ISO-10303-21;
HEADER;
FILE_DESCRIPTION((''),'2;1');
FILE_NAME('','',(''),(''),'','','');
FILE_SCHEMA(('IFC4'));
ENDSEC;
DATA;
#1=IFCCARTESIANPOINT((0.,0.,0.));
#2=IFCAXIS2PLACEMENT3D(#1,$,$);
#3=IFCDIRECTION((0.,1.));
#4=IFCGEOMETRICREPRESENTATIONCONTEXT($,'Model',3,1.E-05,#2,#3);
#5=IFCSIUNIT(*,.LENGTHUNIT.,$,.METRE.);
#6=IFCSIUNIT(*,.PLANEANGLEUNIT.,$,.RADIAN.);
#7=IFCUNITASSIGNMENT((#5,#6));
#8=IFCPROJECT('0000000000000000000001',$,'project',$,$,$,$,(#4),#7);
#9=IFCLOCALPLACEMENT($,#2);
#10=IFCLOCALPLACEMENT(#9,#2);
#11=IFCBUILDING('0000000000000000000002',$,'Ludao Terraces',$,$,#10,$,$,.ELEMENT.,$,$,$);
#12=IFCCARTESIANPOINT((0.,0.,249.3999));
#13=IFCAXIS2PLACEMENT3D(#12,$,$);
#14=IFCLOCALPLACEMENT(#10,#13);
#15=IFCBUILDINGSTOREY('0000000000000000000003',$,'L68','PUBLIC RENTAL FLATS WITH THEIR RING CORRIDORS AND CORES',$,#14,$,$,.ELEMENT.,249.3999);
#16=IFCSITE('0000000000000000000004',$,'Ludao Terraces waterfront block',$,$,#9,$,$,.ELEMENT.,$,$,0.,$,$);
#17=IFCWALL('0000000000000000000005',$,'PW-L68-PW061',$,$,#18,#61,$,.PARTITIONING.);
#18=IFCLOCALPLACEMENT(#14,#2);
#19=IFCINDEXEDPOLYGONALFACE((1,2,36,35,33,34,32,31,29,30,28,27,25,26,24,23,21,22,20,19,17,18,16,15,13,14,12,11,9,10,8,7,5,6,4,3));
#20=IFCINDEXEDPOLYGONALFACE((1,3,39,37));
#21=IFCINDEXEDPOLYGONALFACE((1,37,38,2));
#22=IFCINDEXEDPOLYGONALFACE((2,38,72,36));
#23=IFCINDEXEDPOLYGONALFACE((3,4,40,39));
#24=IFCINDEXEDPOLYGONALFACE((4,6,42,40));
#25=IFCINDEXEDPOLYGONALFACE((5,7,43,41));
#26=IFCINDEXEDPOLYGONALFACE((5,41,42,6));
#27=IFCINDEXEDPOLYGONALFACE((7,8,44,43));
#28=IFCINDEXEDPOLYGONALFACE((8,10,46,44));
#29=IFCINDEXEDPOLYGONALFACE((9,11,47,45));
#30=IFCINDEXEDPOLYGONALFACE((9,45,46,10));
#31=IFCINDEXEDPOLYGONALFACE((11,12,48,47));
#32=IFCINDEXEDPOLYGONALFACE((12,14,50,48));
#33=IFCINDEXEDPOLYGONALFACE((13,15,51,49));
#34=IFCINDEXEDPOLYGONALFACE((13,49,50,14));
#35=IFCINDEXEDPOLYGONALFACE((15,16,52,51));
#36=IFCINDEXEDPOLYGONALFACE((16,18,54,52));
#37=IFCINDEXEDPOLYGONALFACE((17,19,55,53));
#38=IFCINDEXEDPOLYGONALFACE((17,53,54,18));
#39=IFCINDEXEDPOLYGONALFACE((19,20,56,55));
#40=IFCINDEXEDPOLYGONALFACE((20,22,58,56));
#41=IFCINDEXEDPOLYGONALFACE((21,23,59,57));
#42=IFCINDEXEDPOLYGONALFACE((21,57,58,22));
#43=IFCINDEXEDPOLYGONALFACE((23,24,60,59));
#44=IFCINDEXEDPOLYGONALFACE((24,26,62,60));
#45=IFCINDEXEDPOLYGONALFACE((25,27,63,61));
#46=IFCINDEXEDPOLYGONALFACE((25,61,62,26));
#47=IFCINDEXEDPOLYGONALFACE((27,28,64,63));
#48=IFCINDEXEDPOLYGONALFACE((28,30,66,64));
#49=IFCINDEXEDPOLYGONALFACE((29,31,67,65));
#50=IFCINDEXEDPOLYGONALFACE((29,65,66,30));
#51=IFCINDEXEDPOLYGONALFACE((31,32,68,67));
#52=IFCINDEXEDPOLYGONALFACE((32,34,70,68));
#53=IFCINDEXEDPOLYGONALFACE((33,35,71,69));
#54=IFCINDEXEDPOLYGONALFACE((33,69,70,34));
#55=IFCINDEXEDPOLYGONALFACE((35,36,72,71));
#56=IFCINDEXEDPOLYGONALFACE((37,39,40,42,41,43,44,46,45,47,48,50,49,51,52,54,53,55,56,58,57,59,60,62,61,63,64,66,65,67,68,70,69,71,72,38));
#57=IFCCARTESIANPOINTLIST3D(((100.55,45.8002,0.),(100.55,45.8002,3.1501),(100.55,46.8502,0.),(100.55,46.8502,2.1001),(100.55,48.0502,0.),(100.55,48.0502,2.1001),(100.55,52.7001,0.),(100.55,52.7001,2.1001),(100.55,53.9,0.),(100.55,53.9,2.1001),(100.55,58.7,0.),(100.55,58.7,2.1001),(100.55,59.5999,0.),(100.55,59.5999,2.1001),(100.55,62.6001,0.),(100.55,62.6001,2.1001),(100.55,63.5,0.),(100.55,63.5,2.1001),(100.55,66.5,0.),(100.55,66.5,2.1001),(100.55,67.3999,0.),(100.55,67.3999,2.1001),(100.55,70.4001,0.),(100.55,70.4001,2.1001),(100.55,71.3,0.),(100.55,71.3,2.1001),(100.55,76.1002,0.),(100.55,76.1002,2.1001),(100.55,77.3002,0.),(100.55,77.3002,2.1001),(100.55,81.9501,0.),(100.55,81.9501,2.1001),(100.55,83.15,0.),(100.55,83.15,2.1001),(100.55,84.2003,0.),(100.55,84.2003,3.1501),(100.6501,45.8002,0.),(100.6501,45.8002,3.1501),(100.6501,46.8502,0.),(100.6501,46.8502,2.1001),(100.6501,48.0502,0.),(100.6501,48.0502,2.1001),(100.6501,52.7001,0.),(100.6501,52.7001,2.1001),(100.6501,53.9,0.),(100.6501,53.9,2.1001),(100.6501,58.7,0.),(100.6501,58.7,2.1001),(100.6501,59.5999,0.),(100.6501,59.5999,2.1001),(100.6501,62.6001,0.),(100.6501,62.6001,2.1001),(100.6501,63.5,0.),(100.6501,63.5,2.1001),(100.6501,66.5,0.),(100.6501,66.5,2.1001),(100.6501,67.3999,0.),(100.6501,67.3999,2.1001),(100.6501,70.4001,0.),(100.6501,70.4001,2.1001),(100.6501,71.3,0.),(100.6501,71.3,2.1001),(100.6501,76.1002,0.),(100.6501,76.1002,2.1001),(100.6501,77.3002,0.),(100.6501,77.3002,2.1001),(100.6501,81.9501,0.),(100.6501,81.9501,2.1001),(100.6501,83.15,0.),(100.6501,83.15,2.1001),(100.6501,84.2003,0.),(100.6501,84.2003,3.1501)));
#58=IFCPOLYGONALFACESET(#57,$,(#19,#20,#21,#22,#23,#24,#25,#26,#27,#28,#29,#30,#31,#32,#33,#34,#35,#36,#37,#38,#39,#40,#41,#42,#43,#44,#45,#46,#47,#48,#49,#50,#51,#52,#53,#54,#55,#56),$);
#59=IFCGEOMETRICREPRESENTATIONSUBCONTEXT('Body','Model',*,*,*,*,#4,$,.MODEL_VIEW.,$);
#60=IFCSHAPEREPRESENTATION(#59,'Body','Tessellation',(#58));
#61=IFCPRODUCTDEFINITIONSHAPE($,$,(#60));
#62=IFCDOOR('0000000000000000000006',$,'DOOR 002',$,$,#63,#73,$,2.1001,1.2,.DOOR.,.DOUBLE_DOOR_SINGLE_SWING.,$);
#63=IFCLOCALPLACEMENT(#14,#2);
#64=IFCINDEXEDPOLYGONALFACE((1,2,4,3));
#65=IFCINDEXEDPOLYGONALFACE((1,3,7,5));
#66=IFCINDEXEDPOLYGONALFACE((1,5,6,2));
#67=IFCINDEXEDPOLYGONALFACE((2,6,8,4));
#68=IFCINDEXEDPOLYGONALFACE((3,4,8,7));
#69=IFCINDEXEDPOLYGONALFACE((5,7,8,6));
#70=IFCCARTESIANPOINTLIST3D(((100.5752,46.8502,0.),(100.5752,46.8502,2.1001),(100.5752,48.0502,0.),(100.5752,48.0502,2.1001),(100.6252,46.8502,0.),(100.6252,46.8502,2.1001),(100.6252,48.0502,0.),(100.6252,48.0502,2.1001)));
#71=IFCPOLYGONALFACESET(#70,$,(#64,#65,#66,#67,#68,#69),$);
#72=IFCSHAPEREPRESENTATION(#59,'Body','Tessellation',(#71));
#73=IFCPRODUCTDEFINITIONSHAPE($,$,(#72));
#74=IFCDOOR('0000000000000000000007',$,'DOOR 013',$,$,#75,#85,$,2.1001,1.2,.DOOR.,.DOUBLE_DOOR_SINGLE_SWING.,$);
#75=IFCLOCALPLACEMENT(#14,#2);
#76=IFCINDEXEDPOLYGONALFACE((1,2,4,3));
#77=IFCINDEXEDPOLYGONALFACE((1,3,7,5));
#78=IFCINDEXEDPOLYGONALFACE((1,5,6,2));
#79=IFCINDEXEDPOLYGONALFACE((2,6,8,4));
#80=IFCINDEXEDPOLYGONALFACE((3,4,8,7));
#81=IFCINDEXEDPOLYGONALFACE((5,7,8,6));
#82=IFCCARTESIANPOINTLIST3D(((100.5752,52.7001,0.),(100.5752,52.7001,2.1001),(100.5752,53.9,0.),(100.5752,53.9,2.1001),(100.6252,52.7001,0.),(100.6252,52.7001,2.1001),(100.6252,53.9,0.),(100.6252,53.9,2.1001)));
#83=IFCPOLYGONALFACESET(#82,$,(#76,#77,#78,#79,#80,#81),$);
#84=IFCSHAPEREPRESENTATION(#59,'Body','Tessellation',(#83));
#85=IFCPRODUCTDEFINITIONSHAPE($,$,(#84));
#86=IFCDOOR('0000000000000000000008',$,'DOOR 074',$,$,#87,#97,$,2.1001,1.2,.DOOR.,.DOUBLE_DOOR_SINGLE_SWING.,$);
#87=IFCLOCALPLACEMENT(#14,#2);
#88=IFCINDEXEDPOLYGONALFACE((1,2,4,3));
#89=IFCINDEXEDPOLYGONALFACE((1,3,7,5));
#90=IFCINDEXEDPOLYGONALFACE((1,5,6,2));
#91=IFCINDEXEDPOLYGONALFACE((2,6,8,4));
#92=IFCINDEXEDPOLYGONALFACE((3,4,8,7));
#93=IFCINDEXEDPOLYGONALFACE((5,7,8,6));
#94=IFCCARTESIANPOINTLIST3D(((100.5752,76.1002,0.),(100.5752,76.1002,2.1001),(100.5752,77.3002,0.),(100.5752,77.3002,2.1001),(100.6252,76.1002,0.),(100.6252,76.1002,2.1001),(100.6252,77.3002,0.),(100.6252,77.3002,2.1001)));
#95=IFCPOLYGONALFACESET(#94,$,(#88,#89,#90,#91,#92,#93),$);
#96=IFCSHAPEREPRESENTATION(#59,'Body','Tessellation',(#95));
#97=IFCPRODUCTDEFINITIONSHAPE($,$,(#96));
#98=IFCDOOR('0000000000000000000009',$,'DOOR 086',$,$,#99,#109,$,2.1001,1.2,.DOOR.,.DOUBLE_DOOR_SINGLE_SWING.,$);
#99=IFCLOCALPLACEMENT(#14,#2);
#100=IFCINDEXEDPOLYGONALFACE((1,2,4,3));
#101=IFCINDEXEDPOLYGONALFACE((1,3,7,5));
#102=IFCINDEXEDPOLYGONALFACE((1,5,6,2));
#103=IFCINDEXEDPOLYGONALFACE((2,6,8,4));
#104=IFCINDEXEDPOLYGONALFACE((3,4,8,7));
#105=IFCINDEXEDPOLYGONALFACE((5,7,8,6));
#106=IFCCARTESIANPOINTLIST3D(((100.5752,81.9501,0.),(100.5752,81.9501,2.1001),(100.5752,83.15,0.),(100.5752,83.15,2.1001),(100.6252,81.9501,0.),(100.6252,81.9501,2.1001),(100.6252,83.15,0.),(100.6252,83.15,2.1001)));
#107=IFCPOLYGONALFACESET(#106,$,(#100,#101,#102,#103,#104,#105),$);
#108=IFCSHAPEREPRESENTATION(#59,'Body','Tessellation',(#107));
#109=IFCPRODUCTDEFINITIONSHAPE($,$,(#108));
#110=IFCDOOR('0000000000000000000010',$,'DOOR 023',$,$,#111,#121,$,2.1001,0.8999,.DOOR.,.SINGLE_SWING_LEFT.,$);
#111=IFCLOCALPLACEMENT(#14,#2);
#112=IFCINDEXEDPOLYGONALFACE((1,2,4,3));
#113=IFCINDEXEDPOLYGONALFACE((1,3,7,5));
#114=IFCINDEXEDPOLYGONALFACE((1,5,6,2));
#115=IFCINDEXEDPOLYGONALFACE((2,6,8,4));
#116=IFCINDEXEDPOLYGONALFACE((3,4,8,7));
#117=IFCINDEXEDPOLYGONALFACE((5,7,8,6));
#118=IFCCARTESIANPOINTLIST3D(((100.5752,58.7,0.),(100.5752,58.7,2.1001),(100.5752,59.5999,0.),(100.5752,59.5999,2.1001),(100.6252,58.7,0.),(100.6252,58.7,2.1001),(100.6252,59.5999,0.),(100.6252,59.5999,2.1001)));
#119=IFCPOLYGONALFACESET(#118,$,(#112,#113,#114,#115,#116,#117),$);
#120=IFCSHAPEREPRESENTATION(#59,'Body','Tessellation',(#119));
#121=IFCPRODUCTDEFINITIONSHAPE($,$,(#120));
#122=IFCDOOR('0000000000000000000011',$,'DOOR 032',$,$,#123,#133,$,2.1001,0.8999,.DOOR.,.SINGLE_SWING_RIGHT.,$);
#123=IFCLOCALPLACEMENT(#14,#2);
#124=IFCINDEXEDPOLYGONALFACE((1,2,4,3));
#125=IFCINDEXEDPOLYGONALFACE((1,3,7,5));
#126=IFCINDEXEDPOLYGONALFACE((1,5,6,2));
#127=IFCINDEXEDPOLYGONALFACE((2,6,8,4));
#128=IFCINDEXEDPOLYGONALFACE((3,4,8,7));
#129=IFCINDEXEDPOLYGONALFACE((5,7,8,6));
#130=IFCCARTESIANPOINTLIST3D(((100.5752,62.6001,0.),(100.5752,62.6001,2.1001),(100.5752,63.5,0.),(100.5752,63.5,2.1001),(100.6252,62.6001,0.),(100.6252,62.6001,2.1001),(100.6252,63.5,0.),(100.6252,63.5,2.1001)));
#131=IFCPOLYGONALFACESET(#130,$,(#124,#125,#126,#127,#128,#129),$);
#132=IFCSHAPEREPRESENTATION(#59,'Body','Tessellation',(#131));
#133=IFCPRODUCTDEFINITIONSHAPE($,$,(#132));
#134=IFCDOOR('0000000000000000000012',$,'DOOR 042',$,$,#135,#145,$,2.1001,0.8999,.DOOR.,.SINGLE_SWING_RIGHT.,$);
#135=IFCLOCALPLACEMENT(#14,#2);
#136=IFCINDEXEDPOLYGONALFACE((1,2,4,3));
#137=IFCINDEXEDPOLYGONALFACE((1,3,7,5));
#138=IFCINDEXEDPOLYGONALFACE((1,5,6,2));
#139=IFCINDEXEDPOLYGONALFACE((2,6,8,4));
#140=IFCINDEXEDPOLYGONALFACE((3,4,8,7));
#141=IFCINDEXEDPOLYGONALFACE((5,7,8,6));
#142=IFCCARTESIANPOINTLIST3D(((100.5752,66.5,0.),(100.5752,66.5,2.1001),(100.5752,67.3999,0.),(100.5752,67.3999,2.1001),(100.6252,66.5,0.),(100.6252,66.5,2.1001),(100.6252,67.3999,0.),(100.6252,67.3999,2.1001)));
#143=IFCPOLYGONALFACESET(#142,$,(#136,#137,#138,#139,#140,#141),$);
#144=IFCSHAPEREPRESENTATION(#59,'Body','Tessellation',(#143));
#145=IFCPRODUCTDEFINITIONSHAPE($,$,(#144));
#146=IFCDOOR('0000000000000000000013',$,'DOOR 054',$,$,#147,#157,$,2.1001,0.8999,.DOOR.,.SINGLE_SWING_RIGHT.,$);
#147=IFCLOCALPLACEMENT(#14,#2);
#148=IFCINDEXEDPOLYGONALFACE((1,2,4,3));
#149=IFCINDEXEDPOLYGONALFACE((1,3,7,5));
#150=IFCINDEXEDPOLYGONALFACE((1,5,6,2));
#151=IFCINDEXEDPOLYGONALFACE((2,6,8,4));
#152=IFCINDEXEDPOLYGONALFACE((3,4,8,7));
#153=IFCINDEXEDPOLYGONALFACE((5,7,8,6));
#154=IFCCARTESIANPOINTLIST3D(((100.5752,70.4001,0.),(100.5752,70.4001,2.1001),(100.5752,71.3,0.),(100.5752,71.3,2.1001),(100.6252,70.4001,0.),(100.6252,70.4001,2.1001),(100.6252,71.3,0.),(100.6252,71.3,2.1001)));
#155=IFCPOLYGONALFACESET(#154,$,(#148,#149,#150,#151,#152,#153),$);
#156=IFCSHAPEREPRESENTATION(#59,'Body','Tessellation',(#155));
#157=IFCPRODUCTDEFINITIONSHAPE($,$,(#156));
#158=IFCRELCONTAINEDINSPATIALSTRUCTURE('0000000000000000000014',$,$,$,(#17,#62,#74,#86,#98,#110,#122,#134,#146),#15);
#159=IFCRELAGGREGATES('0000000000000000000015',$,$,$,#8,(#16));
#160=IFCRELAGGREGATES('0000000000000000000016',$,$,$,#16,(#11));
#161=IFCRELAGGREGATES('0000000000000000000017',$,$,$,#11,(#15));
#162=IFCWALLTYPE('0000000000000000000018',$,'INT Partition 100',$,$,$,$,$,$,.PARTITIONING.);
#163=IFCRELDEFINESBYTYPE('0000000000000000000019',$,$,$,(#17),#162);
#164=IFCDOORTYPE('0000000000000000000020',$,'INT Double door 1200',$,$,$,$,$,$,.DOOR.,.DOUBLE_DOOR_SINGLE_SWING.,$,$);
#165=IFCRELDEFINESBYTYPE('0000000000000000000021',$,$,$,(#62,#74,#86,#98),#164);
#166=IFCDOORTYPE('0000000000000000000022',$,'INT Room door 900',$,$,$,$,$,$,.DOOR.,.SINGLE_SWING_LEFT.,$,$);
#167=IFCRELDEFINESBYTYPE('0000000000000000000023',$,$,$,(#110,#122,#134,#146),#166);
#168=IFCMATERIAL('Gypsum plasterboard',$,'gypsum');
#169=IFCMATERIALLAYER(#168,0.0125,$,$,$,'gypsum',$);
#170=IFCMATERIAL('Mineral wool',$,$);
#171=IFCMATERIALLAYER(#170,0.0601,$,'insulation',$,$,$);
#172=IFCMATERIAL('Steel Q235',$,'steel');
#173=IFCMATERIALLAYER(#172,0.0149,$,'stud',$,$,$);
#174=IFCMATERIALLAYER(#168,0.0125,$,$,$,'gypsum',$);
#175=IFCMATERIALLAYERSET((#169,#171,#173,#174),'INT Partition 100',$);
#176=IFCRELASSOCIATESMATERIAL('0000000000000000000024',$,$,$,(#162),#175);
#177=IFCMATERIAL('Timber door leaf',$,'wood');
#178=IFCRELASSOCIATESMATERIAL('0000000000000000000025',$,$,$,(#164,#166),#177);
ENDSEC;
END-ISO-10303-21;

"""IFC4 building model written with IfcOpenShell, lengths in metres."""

from ifc_helpers import new_model, si_unit, direction, frame, frame_2d, origin, place, context, subcontext, project, spatial, rectangle, extrude, material, layer, layer_set, type_object, element, fill, save


model = new_model("IFC4")

# Units and contexts
model_context = context("Model", 3, precision=1e-05, world=origin(), true_north=direction((0.0, 1.0)))
body_context = subcontext(model_context, "Body", "Model", "MODEL_VIEW")
ifc_project = project(units=[si_unit("LENGTHUNIT", "METRE"), si_unit("PLANEANGLEUNIT", "RADIAN")], contexts=[model_context])

# Site, building, storey
site_placement = place(None, origin())
site = spatial("IfcSite", under=ifc_project, at=site_placement, Name="Ludao Terraces waterfront block", CompositionType="ELEMENT", RefElevation=0.0)
building_placement = place(site_placement, origin())
building = spatial("IfcBuilding", under=site, at=building_placement, Name="Ludao Terraces", CompositionType="ELEMENT")
storey_placement = place(building_placement, frame((0.0, 0.0, 249.3999)))
storey = spatial("IfcBuildingStorey", under=building, at=storey_placement, Name="L68", Description="PUBLIC RENTAL FLATS WITH THEIR RING CORRIDORS AND CORES", CompositionType="ELEMENT", Elevation=249.3999)

# Shared definitions
ifc_material_1 = material(Name="Mineral wool")

# Wall, openings, doors
ifc_material_2 = material(Name="Steel Q235", Category="steel")
ifc_material_3 = material(Name="Gypsum plasterboard", Category="gypsum")
ifc_layer_1 = layer(ifc_material_3, 0.0125, Category="gypsum")
ifc_layer_2 = layer(ifc_material_1, 0.0601, Name="insulation")
ifc_layer_3 = layer(ifc_material_2, 0.0149, Name="stud")
ifc_layer_4 = layer(ifc_material_3, 0.0125, Category="gypsum")
ifc_layer_set_1 = layer_set([ifc_layer_1, ifc_layer_2, ifc_layer_3, ifc_layer_4], Name="INT Partition 100")
wall_type_1 = type_object("IfcWallType", Name="INT Partition 100", PredefinedType="PARTITIONING", material=ifc_layer_set_1)
ifc_material_4 = material(Name="Timber door leaf", Category="wood")
wall_1_placement = place(storey_placement, frame((100.6001, 45.8, 0.0), z_axis=(0.0, 0.0, 1.0), x_axis=(0.0, 1.0, 0.0)))
wall_1 = element("IfcWall", 1, at=wall_1_placement, inside=storey, type_object=wall_type_1, Name="PW-L68-PW061", PredefinedType="PARTITIONING", context=body_context, shape_type="SweptSolid", body=[
    extrude(rectangle(XDim=38.4001, YDim=0.1001, at=frame_2d((19.2002, 0.0))), origin(), (0.0, 0.0, 1.0), 3.1501),
])
opening_1_placement = place(wall_1_placement, frame((1.05, 0.0, 0.0)))
opening_1 = element("IfcOpeningElement", 2, at=opening_1_placement, cuts=wall_1, PredefinedType="OPENING", context=body_context, shape_type="SweptSolid", body=[
    extrude(rectangle(XDim=1.2, YDim=2.1001, at=frame_2d((0.6001, 1.05))), frame((0.0, 0.0601, 0.0), z_axis=(0.0, -1.0, 0.0), x_axis=(1.0, 0.0, 0.0)), (0.0, 0.0, 1.0), 0.1201),
])
opening_2_placement = place(wall_1_placement, frame((6.8999, 0.0, 0.0)))
opening_2 = element("IfcOpeningElement", 3, at=opening_2_placement, cuts=wall_1, PredefinedType="OPENING", context=body_context, shape_type="SweptSolid", body=[
    extrude(rectangle(XDim=1.2, YDim=2.1001, at=frame_2d((0.6001, 1.05))), frame((0.0, 0.0601, 0.0), z_axis=(0.0, -1.0, 0.0), x_axis=(1.0, 0.0, 0.0)), (0.0, 0.0, 1.0), 0.1201),
])
opening_3_placement = place(wall_1_placement, frame((12.8999, 0.0, 0.0)))
opening_3 = element("IfcOpeningElement", 4, at=opening_3_placement, cuts=wall_1, PredefinedType="OPENING", context=body_context, shape_type="SweptSolid", body=[
    extrude(rectangle(XDim=0.8999, YDim=2.1001, at=frame_2d((0.45, 1.05))), frame((0.0, 0.0601, 0.0), z_axis=(0.0, -1.0, 0.0), x_axis=(1.0, 0.0, 0.0)), (0.0, 0.0, 1.0), 0.1201),
])
opening_4_placement = place(wall_1_placement, frame((16.8, 0.0, 0.0)))
opening_4 = element("IfcOpeningElement", 5, at=opening_4_placement, cuts=wall_1, PredefinedType="OPENING", context=body_context, shape_type="SweptSolid", body=[
    extrude(rectangle(XDim=0.8999, YDim=2.1001, at=frame_2d((0.45, 1.05))), frame((0.0, 0.0601, 0.0), z_axis=(0.0, -1.0, 0.0), x_axis=(1.0, 0.0, 0.0)), (0.0, 0.0, 1.0), 0.1201),
])
opening_5_placement = place(wall_1_placement, frame((20.7, 0.0, 0.0)))
opening_5 = element("IfcOpeningElement", 6, at=opening_5_placement, cuts=wall_1, PredefinedType="OPENING", context=body_context, shape_type="SweptSolid", body=[
    extrude(rectangle(XDim=0.8999, YDim=2.1001, at=frame_2d((0.45, 1.05))), frame((0.0, 0.0601, 0.0), z_axis=(0.0, -1.0, 0.0), x_axis=(1.0, 0.0, 0.0)), (0.0, 0.0, 1.0), 0.1201),
])
opening_6_placement = place(wall_1_placement, frame((24.6001, 0.0, 0.0)))
opening_6 = element("IfcOpeningElement", 7, at=opening_6_placement, cuts=wall_1, PredefinedType="OPENING", context=body_context, shape_type="SweptSolid", body=[
    extrude(rectangle(XDim=0.8999, YDim=2.1001, at=frame_2d((0.45, 1.05))), frame((0.0, 0.0601, 0.0), z_axis=(0.0, -1.0, 0.0), x_axis=(1.0, 0.0, 0.0)), (0.0, 0.0, 1.0), 0.1201),
])
opening_7_placement = place(wall_1_placement, frame((30.3, 0.0, 0.0)))
opening_7 = element("IfcOpeningElement", 8, at=opening_7_placement, cuts=wall_1, PredefinedType="OPENING", context=body_context, shape_type="SweptSolid", body=[
    extrude(rectangle(XDim=1.2, YDim=2.1001, at=frame_2d((0.6001, 1.05))), frame((0.0, 0.0601, 0.0), z_axis=(0.0, -1.0, 0.0), x_axis=(1.0, 0.0, 0.0)), (0.0, 0.0, 1.0), 0.1201),
])
opening_8_placement = place(wall_1_placement, frame((36.1499, 0.0, 0.0)))
opening_8 = element("IfcOpeningElement", 9, at=opening_8_placement, cuts=wall_1, PredefinedType="OPENING", context=body_context, shape_type="SweptSolid", body=[
    extrude(rectangle(XDim=1.2, YDim=2.1001, at=frame_2d((0.6001, 1.05))), frame((0.0, 0.0601, 0.0), z_axis=(0.0, -1.0, 0.0), x_axis=(1.0, 0.0, 0.0)), (0.0, 0.0, 1.0), 0.1201),
])
door_type_1 = type_object("IfcDoorType", Name="INT Double door 1200", OperationType="DOUBLE_DOOR_SINGLE_SWING", PredefinedType="DOOR", material=ifc_material_4)
door_1_placement = place(opening_1_placement, origin())
door_1 = element("IfcDoor", 10, at=door_1_placement, inside=storey, type_object=door_type_1, Name="DOOR 002", OperationType="DOUBLE_DOOR_SINGLE_SWING", OverallHeight=2.1001, OverallWidth=1.2, PredefinedType="DOOR", context=body_context, shape_type="SweptSolid", body=[
    extrude(rectangle(XDim=1.2, YDim=2.1001, at=frame_2d((0.6001, 1.05))), frame((0.0, 0.0249, 0.0), z_axis=(0.0, -1.0, 0.0), x_axis=(1.0, 0.0, 0.0)), (0.0, 0.0, 1.0), 0.05),
])
fill(opening_1, door_1)
door_2_placement = place(opening_2_placement, origin())
door_2 = element("IfcDoor", 11, at=door_2_placement, inside=storey, type_object=door_type_1, Name="DOOR 013", OperationType="DOUBLE_DOOR_SINGLE_SWING", OverallHeight=2.1001, OverallWidth=1.2, PredefinedType="DOOR", context=body_context, shape_type="SweptSolid", body=[
    extrude(rectangle(XDim=1.2, YDim=2.1001, at=frame_2d((0.6001, 1.05))), frame((0.0, 0.0249, 0.0), z_axis=(0.0, -1.0, 0.0), x_axis=(1.0, 0.0, 0.0)), (0.0, 0.0, 1.0), 0.05),
])
fill(opening_2, door_2)
door_3_placement = place(opening_7_placement, origin())
door_3 = element("IfcDoor", 12, at=door_3_placement, inside=storey, type_object=door_type_1, Name="DOOR 074", OperationType="DOUBLE_DOOR_SINGLE_SWING", OverallHeight=2.1001, OverallWidth=1.2, PredefinedType="DOOR", context=body_context, shape_type="SweptSolid", body=[
    extrude(rectangle(XDim=1.2, YDim=2.1001, at=frame_2d((0.6001, 1.05))), frame((0.0, 0.0249, 0.0), z_axis=(0.0, -1.0, 0.0), x_axis=(1.0, 0.0, 0.0)), (0.0, 0.0, 1.0), 0.05),
])
fill(opening_7, door_3)
door_4_placement = place(opening_8_placement, origin())
door_4 = element("IfcDoor", 13, at=door_4_placement, inside=storey, type_object=door_type_1, Name="DOOR 086", OperationType="DOUBLE_DOOR_SINGLE_SWING", OverallHeight=2.1001, OverallWidth=1.2, PredefinedType="DOOR", context=body_context, shape_type="SweptSolid", body=[
    extrude(rectangle(XDim=1.2, YDim=2.1001, at=frame_2d((0.6001, 1.05))), frame((0.0, 0.0249, 0.0), z_axis=(0.0, -1.0, 0.0), x_axis=(1.0, 0.0, 0.0)), (0.0, 0.0, 1.0), 0.05),
])
fill(opening_8, door_4)
door_type_2 = type_object("IfcDoorType", Name="INT Room door 900", OperationType="SINGLE_SWING_LEFT", PredefinedType="DOOR", material=ifc_material_4)
door_5_placement = place(opening_3_placement, origin())
door_5 = element("IfcDoor", 14, at=door_5_placement, inside=storey, type_object=door_type_2, Name="DOOR 023", OperationType="SINGLE_SWING_LEFT", OverallHeight=2.1001, OverallWidth=0.8999, PredefinedType="DOOR", context=body_context, shape_type="SweptSolid", body=[
    extrude(rectangle(XDim=0.8999, YDim=2.1001, at=frame_2d((0.45, 1.05))), frame((0.0, 0.0249, 0.0), z_axis=(0.0, -1.0, 0.0), x_axis=(1.0, 0.0, 0.0)), (0.0, 0.0, 1.0), 0.05),
])
fill(opening_3, door_5)
door_6_placement = place(opening_4_placement, origin())
door_6 = element("IfcDoor", 15, at=door_6_placement, inside=storey, type_object=door_type_2, Name="DOOR 032", OperationType="SINGLE_SWING_RIGHT", OverallHeight=2.1001, OverallWidth=0.8999, PredefinedType="DOOR", context=body_context, shape_type="SweptSolid", body=[
    extrude(rectangle(XDim=0.8999, YDim=2.1001, at=frame_2d((0.45, 1.05))), frame((0.0, 0.0249, 0.0), z_axis=(0.0, -1.0, 0.0), x_axis=(1.0, 0.0, 0.0)), (0.0, 0.0, 1.0), 0.05),
])
fill(opening_4, door_6)
door_7_placement = place(opening_5_placement, origin())
door_7 = element("IfcDoor", 16, at=door_7_placement, inside=storey, type_object=door_type_2, Name="DOOR 042", OperationType="SINGLE_SWING_RIGHT", OverallHeight=2.1001, OverallWidth=0.8999, PredefinedType="DOOR", context=body_context, shape_type="SweptSolid", body=[
    extrude(rectangle(XDim=0.8999, YDim=2.1001, at=frame_2d((0.45, 1.05))), frame((0.0, 0.0249, 0.0), z_axis=(0.0, -1.0, 0.0), x_axis=(1.0, 0.0, 0.0)), (0.0, 0.0, 1.0), 0.05),
])
fill(opening_5, door_7)
door_8_placement = place(opening_6_placement, origin())
door_8 = element("IfcDoor", 17, at=door_8_placement, inside=storey, type_object=door_type_2, Name="DOOR 054", OperationType="SINGLE_SWING_RIGHT", OverallHeight=2.1001, OverallWidth=0.8999, PredefinedType="DOOR", context=body_context, shape_type="SweptSolid", body=[
    extrude(rectangle(XDim=0.8999, YDim=2.1001, at=frame_2d((0.45, 1.05))), frame((0.0, 0.0249, 0.0), z_axis=(0.0, -1.0, 0.0), x_axis=(1.0, 0.0, 0.0)), (0.0, 0.0, 1.0), 0.05),
])
fill(opening_6, door_8)

save(model, "model.ifc")
